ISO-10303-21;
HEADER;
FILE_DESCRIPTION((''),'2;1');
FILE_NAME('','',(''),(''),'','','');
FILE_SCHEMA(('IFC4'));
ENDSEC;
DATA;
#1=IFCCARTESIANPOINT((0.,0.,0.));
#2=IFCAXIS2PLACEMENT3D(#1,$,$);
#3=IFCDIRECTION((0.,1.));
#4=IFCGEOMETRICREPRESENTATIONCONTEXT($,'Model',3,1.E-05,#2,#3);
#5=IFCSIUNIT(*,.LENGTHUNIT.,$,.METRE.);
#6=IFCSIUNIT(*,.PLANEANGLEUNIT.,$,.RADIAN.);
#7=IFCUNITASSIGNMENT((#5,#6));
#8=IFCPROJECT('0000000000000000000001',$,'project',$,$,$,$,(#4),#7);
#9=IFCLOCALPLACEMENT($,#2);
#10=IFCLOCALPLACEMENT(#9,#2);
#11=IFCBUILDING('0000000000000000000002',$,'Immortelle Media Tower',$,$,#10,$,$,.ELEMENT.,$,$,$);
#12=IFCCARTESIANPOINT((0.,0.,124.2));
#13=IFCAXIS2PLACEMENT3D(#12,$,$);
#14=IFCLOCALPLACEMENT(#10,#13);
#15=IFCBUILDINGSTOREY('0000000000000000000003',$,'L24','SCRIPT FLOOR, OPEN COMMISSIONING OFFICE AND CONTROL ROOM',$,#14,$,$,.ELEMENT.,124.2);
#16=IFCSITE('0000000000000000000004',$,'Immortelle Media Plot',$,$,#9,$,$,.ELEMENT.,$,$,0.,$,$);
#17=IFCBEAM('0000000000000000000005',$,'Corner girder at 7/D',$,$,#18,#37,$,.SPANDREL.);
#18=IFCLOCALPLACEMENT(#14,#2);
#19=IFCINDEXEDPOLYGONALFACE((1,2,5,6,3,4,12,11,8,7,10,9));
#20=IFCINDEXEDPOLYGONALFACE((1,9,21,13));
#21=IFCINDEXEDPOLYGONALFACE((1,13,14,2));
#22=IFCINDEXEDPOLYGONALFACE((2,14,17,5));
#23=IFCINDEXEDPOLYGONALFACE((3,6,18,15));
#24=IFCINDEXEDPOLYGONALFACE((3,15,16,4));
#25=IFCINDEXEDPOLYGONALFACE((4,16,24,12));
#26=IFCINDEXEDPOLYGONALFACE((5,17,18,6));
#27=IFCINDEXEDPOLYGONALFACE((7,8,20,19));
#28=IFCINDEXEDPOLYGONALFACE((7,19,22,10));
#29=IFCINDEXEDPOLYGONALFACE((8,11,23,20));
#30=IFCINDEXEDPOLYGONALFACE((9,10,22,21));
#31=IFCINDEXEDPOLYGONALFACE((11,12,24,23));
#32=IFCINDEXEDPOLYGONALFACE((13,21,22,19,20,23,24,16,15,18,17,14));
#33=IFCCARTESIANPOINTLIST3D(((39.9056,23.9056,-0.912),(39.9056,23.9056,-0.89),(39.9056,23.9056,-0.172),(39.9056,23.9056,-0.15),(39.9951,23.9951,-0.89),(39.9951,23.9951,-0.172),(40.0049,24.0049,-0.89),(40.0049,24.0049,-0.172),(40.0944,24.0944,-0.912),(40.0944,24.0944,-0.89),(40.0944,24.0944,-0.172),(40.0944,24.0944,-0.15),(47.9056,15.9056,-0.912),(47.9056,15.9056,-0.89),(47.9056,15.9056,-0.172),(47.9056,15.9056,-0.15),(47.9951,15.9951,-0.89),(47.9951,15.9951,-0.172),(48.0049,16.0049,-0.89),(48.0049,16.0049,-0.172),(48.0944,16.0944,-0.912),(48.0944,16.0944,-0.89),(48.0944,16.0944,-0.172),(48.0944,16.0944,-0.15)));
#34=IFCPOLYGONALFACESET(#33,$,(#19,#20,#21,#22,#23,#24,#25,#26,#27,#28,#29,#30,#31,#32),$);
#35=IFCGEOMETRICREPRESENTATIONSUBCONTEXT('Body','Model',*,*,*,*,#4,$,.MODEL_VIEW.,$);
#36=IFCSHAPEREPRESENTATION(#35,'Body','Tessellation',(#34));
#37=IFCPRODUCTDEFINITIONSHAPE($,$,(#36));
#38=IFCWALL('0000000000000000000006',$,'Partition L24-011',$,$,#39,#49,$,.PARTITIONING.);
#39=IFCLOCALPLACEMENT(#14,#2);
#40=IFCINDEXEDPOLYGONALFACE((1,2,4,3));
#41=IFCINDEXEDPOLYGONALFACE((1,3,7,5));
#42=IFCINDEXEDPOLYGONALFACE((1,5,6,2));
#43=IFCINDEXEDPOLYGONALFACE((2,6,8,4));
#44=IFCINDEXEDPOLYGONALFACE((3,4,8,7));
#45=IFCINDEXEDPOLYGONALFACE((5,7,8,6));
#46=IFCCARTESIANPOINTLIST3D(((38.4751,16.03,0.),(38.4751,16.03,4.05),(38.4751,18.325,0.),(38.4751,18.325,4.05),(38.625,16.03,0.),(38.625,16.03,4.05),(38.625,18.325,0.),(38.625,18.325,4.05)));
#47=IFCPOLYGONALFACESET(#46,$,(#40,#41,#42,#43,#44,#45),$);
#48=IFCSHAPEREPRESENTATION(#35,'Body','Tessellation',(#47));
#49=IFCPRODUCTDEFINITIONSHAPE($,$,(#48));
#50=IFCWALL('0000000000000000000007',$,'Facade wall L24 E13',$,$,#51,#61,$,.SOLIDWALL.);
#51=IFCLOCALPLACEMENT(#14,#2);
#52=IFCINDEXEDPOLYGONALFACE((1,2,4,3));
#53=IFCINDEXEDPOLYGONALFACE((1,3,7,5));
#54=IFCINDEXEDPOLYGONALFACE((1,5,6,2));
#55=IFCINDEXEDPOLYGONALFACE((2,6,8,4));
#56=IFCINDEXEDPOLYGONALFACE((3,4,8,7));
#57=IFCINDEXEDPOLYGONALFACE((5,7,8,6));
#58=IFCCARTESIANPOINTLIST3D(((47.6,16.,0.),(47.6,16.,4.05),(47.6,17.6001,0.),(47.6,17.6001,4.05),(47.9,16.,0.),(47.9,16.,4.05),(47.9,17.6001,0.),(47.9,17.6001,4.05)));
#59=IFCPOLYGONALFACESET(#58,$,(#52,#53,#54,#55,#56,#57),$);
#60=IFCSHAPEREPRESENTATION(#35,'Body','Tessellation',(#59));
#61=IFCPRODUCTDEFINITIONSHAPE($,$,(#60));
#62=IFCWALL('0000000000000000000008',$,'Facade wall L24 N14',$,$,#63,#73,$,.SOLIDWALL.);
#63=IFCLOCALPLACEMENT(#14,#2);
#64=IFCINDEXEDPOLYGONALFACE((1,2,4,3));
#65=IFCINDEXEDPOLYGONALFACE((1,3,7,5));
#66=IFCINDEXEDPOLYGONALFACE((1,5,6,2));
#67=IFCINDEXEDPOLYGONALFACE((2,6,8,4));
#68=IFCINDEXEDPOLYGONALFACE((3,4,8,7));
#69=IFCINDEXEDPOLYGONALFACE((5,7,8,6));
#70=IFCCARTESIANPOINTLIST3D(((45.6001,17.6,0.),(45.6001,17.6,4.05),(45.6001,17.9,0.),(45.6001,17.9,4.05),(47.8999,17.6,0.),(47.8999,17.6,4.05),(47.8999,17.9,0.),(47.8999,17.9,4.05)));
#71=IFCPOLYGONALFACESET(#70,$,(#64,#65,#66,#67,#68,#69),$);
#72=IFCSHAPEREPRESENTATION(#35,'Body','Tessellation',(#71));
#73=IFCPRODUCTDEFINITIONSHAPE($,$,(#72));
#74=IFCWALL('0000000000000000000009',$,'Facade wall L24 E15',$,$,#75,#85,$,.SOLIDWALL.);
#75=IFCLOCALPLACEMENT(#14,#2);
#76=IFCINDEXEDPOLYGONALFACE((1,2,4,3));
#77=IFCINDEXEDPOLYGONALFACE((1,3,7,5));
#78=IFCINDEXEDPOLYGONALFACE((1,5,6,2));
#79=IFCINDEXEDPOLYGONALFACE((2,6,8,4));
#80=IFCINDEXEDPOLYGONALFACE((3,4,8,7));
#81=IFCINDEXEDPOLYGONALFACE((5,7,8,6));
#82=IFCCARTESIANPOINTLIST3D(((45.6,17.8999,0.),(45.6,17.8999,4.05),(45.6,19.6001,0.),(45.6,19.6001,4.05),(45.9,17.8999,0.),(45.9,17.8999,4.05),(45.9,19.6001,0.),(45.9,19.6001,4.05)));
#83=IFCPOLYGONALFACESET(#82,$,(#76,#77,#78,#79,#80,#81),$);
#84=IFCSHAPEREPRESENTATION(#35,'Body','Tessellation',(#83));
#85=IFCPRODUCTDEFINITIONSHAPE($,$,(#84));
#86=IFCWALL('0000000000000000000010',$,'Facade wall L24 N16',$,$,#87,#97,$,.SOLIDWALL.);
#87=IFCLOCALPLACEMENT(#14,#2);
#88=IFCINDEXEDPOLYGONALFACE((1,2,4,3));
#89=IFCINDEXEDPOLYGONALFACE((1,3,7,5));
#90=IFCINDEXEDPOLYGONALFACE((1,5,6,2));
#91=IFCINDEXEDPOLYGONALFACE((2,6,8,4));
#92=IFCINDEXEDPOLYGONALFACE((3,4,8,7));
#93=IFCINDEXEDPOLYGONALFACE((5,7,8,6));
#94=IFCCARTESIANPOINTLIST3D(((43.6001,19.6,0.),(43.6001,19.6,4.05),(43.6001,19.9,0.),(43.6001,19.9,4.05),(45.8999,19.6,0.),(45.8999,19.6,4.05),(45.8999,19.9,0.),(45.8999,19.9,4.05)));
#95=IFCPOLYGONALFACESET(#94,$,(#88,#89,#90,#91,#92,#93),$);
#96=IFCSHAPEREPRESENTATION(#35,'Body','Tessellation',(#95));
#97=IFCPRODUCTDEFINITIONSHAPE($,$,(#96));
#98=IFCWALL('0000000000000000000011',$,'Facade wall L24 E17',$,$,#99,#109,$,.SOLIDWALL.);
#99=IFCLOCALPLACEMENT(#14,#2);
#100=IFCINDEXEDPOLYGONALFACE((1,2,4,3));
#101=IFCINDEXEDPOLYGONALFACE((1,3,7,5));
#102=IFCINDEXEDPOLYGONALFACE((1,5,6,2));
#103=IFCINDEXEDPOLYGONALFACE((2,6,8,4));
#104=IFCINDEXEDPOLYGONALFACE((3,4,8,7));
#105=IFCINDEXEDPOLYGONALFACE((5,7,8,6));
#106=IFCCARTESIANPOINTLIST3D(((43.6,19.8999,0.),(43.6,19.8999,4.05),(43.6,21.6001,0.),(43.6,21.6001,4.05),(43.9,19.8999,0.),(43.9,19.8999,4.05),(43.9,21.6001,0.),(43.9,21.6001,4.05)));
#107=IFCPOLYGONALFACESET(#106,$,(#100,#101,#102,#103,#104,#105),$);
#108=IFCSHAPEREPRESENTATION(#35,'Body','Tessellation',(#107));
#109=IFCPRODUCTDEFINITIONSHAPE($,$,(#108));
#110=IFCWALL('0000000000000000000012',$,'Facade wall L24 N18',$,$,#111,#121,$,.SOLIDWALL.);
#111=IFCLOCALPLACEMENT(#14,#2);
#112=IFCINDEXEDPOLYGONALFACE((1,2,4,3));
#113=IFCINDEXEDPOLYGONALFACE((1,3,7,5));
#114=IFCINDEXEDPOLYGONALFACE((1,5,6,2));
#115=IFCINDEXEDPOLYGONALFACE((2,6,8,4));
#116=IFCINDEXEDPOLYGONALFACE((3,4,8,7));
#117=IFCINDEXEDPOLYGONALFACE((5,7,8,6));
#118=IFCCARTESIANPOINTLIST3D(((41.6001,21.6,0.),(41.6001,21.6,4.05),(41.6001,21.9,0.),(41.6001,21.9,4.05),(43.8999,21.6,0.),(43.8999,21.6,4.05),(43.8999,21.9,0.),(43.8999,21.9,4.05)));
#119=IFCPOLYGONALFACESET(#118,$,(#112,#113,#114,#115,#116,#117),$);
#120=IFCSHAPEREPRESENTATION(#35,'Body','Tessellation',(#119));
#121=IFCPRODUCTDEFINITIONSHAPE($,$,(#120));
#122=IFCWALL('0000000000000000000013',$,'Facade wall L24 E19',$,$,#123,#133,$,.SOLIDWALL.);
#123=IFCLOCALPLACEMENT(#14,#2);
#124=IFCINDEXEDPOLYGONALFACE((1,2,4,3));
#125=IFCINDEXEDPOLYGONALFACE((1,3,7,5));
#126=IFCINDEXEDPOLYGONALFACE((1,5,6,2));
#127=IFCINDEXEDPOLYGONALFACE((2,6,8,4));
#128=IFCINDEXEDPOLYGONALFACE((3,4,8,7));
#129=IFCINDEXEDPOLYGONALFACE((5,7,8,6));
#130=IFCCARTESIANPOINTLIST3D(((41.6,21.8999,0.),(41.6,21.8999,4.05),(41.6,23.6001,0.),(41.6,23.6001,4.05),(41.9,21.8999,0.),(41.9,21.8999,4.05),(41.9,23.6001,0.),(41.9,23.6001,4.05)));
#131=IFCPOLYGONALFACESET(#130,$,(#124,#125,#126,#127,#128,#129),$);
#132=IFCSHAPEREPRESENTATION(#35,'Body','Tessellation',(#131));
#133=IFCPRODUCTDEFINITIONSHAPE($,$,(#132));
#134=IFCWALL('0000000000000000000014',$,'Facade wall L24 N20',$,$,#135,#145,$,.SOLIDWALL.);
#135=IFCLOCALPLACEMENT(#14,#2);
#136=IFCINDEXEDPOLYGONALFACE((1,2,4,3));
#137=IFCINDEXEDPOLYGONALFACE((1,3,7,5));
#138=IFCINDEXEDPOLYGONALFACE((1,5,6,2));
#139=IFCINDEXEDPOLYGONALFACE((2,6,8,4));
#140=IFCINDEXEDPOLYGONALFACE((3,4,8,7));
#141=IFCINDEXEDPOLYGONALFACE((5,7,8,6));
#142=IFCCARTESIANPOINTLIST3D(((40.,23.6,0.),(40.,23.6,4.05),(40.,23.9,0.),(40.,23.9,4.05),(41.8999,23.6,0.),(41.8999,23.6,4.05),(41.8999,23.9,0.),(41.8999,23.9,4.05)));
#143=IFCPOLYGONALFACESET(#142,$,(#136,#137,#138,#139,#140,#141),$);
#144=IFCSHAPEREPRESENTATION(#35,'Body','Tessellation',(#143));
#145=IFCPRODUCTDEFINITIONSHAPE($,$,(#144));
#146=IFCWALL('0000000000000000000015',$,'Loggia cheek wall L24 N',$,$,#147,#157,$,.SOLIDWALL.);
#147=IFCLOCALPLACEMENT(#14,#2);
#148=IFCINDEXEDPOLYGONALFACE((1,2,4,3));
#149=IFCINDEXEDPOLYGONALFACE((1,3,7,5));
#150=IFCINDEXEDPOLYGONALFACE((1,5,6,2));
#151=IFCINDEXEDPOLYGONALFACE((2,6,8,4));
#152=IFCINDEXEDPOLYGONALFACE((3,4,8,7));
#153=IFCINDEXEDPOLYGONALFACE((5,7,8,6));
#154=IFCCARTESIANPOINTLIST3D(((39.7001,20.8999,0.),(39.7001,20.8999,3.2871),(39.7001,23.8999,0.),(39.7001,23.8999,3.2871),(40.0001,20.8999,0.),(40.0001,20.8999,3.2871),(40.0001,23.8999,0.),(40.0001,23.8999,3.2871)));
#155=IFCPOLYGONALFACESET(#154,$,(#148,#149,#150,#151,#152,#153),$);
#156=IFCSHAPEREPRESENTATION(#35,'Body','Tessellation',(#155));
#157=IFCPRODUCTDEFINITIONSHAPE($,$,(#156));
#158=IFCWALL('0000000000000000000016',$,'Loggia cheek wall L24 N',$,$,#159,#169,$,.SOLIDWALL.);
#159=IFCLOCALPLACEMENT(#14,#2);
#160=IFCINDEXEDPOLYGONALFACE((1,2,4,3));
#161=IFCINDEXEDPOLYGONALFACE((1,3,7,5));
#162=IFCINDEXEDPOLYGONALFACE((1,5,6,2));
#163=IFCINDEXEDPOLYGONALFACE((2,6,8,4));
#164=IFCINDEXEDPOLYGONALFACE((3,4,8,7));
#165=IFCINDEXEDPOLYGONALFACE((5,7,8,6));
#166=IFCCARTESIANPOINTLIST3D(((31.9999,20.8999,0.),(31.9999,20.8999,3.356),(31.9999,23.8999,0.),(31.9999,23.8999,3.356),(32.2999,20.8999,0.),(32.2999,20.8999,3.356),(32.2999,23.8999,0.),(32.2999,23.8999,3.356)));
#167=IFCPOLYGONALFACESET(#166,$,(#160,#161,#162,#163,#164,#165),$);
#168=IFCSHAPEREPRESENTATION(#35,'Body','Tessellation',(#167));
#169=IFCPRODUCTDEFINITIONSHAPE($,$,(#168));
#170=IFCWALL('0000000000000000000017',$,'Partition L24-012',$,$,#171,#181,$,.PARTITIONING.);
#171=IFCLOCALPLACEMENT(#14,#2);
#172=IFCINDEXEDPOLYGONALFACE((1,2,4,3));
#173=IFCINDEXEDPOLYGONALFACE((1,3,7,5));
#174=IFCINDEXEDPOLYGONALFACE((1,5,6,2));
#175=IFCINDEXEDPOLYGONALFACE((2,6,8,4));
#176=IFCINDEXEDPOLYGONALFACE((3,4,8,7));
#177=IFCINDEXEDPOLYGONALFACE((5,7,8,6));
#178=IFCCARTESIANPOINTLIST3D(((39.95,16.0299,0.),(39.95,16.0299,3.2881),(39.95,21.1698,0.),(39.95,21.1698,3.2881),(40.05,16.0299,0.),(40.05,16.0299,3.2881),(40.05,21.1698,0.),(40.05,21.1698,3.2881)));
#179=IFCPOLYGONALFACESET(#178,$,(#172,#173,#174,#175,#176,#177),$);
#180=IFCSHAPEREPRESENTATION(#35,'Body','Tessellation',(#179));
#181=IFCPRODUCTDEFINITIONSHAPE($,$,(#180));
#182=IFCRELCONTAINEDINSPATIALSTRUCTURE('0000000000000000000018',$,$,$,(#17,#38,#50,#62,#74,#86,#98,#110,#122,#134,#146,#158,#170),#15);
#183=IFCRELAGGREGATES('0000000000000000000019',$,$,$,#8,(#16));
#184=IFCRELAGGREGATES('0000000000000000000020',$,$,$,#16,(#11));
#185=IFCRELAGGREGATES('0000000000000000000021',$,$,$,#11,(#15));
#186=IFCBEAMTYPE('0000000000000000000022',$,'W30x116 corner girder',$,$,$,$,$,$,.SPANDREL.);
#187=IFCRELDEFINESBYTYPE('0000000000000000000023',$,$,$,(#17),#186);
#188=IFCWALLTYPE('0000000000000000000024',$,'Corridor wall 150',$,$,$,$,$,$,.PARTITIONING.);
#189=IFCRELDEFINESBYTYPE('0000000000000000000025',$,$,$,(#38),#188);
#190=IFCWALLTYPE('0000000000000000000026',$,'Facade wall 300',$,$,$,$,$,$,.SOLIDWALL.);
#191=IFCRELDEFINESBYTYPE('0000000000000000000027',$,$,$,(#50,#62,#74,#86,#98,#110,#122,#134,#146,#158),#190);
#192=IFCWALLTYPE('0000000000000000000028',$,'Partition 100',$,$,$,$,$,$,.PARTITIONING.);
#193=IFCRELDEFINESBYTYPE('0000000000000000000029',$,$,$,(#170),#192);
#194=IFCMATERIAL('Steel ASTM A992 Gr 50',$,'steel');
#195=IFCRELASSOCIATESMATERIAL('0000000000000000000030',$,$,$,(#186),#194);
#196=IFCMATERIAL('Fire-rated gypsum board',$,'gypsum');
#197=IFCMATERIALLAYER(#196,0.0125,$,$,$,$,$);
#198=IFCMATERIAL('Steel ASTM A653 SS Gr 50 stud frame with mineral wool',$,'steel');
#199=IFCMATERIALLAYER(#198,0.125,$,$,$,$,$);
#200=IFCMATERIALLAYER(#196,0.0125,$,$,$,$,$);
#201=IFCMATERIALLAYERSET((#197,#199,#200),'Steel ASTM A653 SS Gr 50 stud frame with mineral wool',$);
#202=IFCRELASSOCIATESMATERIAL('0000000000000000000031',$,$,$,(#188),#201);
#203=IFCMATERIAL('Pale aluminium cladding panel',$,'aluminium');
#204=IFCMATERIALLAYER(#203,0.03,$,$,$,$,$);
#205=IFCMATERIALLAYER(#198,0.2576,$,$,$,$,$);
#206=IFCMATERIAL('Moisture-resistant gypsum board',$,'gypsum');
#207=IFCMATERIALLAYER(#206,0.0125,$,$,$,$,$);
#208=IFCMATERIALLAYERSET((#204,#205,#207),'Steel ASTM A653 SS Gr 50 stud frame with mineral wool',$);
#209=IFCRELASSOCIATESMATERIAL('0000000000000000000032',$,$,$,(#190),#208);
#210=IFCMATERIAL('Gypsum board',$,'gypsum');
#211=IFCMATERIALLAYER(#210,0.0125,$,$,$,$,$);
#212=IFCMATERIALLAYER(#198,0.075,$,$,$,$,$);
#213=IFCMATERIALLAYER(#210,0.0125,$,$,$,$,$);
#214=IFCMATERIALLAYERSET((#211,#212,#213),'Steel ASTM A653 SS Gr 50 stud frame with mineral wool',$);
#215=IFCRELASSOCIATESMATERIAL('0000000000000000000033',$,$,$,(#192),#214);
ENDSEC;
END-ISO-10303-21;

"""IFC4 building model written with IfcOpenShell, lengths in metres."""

from ifc_helpers import new_model, si_unit, direction, frame, frame_2d, origin, origin_2d, place, context, subcontext, project, spatial, rectangle, i_section, extrude, material, layer, layer_set, material_profile, profile_set, type_object, element, save


model = new_model("IFC4")

# Units and contexts
model_context = context("Model", 3, precision=1e-05, world=origin(), true_north=direction((0.0, 1.0)))
body_context = subcontext(model_context, "Body", "Model", "MODEL_VIEW")
ifc_project = project(units=[si_unit("LENGTHUNIT", "METRE"), si_unit("PLANEANGLEUNIT", "RADIAN")], contexts=[model_context])

# Site, building, storey
site_placement = place(None, origin())
site = spatial("IfcSite", under=ifc_project, at=site_placement, Name="Immortelle Media Plot", CompositionType="ELEMENT", RefElevation=0.0)
building_placement = place(site_placement, origin())
building = spatial("IfcBuilding", under=site, at=building_placement, Name="Immortelle Media Tower", CompositionType="ELEMENT")
storey_placement = place(building_placement, frame((0.0, 0.0, 124.2)))
storey = spatial("IfcBuildingStorey", under=building, at=storey_placement, Name="L24", Description="SCRIPT FLOOR, OPEN COMMISSIONING OFFICE AND CONTROL ROOM", CompositionType="ELEMENT", Elevation=124.2)

# Shared definitions
ifc_material_1 = material(Name="Steel ASTM A992 Gr 50", Category="steel")

# Beam
ifc_material_profile_1 = material_profile(ifc_material_1, i_section(OverallWidth=0.2671, OverallDepth=0.762, WebThickness=0.0139, FlangeThickness=0.022, at=origin_2d()), Name="W30x116")
ifc_profile_set_1 = profile_set([ifc_material_profile_1], Name="Steel ASTM A992 Gr 50")
beam_type_1 = type_object("IfcBeamType", Name="W30x116 corner girder", PredefinedType="SPANDREL", material=ifc_profile_set_1)
beam_placement = place(storey_placement, frame((40.0, 24.0, -0.531), z_axis=(0.707107, -0.707107, 0.0), x_axis=(0.707107, 0.707107, 0.0)))
element("IfcBeam", 1, at=beam_placement, inside=storey, type_object=beam_type_1, Name="Corner girder at 7/D", PredefinedType="SPANDREL", context=body_context, shape_type="SweptSolid", body=[
    extrude(i_section(OverallWidth=0.2671, OverallDepth=0.762, WebThickness=0.0139, FlangeThickness=0.022, at=origin_2d()), origin(), (0.0, 0.0, 1.0), 11.3137),
])

# Walls
ifc_material_2 = material(Name="Fire-rated gypsum board", Category="gypsum")
ifc_layer_1 = layer(ifc_material_2, 0.0125)
ifc_material_3 = material(Name="Steel ASTM A653 SS Gr 50 stud frame with mineral wool", Category="steel")
ifc_layer_2 = layer(ifc_material_3, 0.125)
ifc_layer_3 = layer(ifc_material_2, 0.0125)
ifc_layer_set_1 = layer_set([ifc_layer_1, ifc_layer_2, ifc_layer_3], Name="Steel ASTM A653 SS Gr 50 stud frame with mineral wool")
wall_type_1 = type_object("IfcWallType", Name="Corridor wall 150", PredefinedType="PARTITIONING", material=ifc_layer_set_1)
wall_1_placement = place(storey_placement, frame((38.55, 16.03, 0.0), z_axis=(0.0, 0.0, 1.0), x_axis=(0.0, 1.0, 0.0)))
element("IfcWall", 2, at=wall_1_placement, inside=storey, type_object=wall_type_1, Name="Partition L24-011", PredefinedType="PARTITIONING", context=body_context, shape_type="SweptSolid", body=[
    extrude(rectangle(XDim=2.2949, YDim=0.1499, at=frame_2d((1.1475, 0.0))), origin(), (0.0, 0.0, 1.0), 4.05),
])
ifc_material_4 = material(Name="Pale aluminium cladding panel", Category="aluminium")
ifc_layer_4 = layer(ifc_material_4, 0.03)
ifc_layer_5 = layer(ifc_material_3, 0.2576)
ifc_material_5 = material(Name="Moisture-resistant gypsum board", Category="gypsum")
ifc_layer_6 = layer(ifc_material_5, 0.0125)
ifc_layer_set_2 = layer_set([ifc_layer_4, ifc_layer_5, ifc_layer_6], Name="Steel ASTM A653 SS Gr 50 stud frame with mineral wool")
wall_type_2 = type_object("IfcWallType", Name="Facade wall 300", PredefinedType="SOLIDWALL", material=ifc_layer_set_2)
wall_2_placement = place(storey_placement, frame((47.75, 16.0, 0.0), z_axis=(0.0, 0.0, 1.0), x_axis=(0.0, 1.0, 0.0)))
element("IfcWall", 3, at=wall_2_placement, inside=storey, type_object=wall_type_2, Name="Facade wall L24 E13", PredefinedType="SOLIDWALL", context=body_context, shape_type="SweptSolid", body=[
    extrude(rectangle(XDim=1.6001, YDim=0.3, at=frame_2d((0.8, 0.0))), origin(), (0.0, 0.0, 1.0), 4.05),
])
wall_3_placement = place(storey_placement, frame((47.8999, 17.75, 0.0), z_axis=(0.0, 0.0, 1.0), x_axis=(-1.0, 0.0, 0.0)))
element("IfcWall", 4, at=wall_3_placement, inside=storey, type_object=wall_type_2, Name="Facade wall L24 N14", PredefinedType="SOLIDWALL", context=body_context, shape_type="SweptSolid", body=[
    extrude(rectangle(XDim=2.2998, YDim=0.3, at=frame_2d((1.1499, 0.0))), origin(), (0.0, 0.0, 1.0), 4.05),
])
wall_4_placement = place(storey_placement, frame((45.75, 17.8999, 0.0), z_axis=(0.0, 0.0, 1.0), x_axis=(0.0, 1.0, 0.0)))
element("IfcWall", 5, at=wall_4_placement, inside=storey, type_object=wall_type_2, Name="Facade wall L24 E15", PredefinedType="SOLIDWALL", context=body_context, shape_type="SweptSolid", body=[
    extrude(rectangle(XDim=1.7002, YDim=0.3, at=frame_2d((0.8501, 0.0))), origin(), (0.0, 0.0, 1.0), 4.05),
])
wall_5_placement = place(storey_placement, frame((45.8999, 19.75, 0.0), z_axis=(0.0, 0.0, 1.0), x_axis=(-1.0, 0.0, 0.0)))
element("IfcWall", 6, at=wall_5_placement, inside=storey, type_object=wall_type_2, Name="Facade wall L24 N16", PredefinedType="SOLIDWALL", context=body_context, shape_type="SweptSolid", body=[
    extrude(rectangle(XDim=2.2998, YDim=0.3, at=frame_2d((1.1499, 0.0))), origin(), (0.0, 0.0, 1.0), 4.05),
])
wall_6_placement = place(storey_placement, frame((43.75, 19.8999, 0.0), z_axis=(0.0, 0.0, 1.0), x_axis=(0.0, 1.0, 0.0)))
element("IfcWall", 7, at=wall_6_placement, inside=storey, type_object=wall_type_2, Name="Facade wall L24 E17", PredefinedType="SOLIDWALL", context=body_context, shape_type="SweptSolid", body=[
    extrude(rectangle(XDim=1.7002, YDim=0.3, at=frame_2d((0.8501, 0.0))), origin(), (0.0, 0.0, 1.0), 4.05),
])
wall_7_placement = place(storey_placement, frame((43.8999, 21.75, 0.0), z_axis=(0.0, 0.0, 1.0), x_axis=(-1.0, 0.0, 0.0)))
element("IfcWall", 8, at=wall_7_placement, inside=storey, type_object=wall_type_2, Name="Facade wall L24 N18", PredefinedType="SOLIDWALL", context=body_context, shape_type="SweptSolid", body=[
    extrude(rectangle(XDim=2.2998, YDim=0.3, at=frame_2d((1.1499, 0.0))), origin(), (0.0, 0.0, 1.0), 4.05),
])
wall_8_placement = place(storey_placement, frame((41.75, 21.8999, 0.0), z_axis=(0.0, 0.0, 1.0), x_axis=(0.0, 1.0, 0.0)))
element("IfcWall", 9, at=wall_8_placement, inside=storey, type_object=wall_type_2, Name="Facade wall L24 E19", PredefinedType="SOLIDWALL", context=body_context, shape_type="SweptSolid", body=[
    extrude(rectangle(XDim=1.7002, YDim=0.3, at=frame_2d((0.8501, 0.0))), origin(), (0.0, 0.0, 1.0), 4.05),
])
wall_9_placement = place(storey_placement, frame((41.8999, 23.75, 0.0), z_axis=(0.0, 0.0, 1.0), x_axis=(-1.0, 0.0, 0.0)))
element("IfcWall", 10, at=wall_9_placement, inside=storey, type_object=wall_type_2, Name="Facade wall L24 N20", PredefinedType="SOLIDWALL", context=body_context, shape_type="SweptSolid", body=[
    extrude(rectangle(XDim=1.8999, YDim=0.3, at=frame_2d((0.95, 0.0))), origin(), (0.0, 0.0, 1.0), 4.05),
])

# Walls
wall_10_placement = place(storey_placement, frame((39.8501, 23.8999, 0.0), z_axis=(0.0, 0.0, 1.0), x_axis=(0.0, -1.0, 0.0)))
element("IfcWall", 11, at=wall_10_placement, inside=storey, type_object=wall_type_2, Name="Loggia cheek wall L24 N", PredefinedType="SOLIDWALL", context=body_context, shape_type="SweptSolid", body=[
    extrude(rectangle(XDim=3.0, YDim=0.3, at=frame_2d((1.5, 0.0))), origin(), (0.0, 0.0, 1.0), 3.2871),
])
wall_11_placement = place(storey_placement, frame((32.1499, 23.8999, 0.0), z_axis=(0.0, 0.0, 1.0), x_axis=(0.0, -1.0, 0.0)))
element("IfcWall", 12, at=wall_11_placement, inside=storey, type_object=wall_type_2, Name="Loggia cheek wall L24 N", PredefinedType="SOLIDWALL", context=body_context, shape_type="SweptSolid", body=[
    extrude(rectangle(XDim=3.0, YDim=0.3, at=frame_2d((1.5, 0.0))), origin(), (0.0, 0.0, 1.0), 3.356),
])
ifc_material_6 = material(Name="Gypsum board", Category="gypsum")
ifc_layer_7 = layer(ifc_material_6, 0.0125)
ifc_layer_8 = layer(ifc_material_3, 0.075)
ifc_layer_9 = layer(ifc_material_6, 0.0125)
ifc_layer_set_3 = layer_set([ifc_layer_7, ifc_layer_8, ifc_layer_9], Name="Steel ASTM A653 SS Gr 50 stud frame with mineral wool")
wall_type_3 = type_object("IfcWallType", Name="Partition 100", PredefinedType="PARTITIONING", material=ifc_layer_set_3)
wall_12_placement = place(storey_placement, frame((40.0, 16.03, 0.0), z_axis=(0.0, 0.0, 1.0), x_axis=(0.0, 1.0, 0.0)))
element("IfcWall", 13, at=wall_12_placement, inside=storey, type_object=wall_type_3, Name="Partition L24-012", PredefinedType="PARTITIONING", context=body_context, shape_type="SweptSolid", body=[
    extrude(rectangle(XDim=5.1399, YDim=0.1001, at=frame_2d((2.5698, 0.0))), origin(), (0.0, 0.0, 1.0), 3.2881),
])

save(model, "model.ifc")
